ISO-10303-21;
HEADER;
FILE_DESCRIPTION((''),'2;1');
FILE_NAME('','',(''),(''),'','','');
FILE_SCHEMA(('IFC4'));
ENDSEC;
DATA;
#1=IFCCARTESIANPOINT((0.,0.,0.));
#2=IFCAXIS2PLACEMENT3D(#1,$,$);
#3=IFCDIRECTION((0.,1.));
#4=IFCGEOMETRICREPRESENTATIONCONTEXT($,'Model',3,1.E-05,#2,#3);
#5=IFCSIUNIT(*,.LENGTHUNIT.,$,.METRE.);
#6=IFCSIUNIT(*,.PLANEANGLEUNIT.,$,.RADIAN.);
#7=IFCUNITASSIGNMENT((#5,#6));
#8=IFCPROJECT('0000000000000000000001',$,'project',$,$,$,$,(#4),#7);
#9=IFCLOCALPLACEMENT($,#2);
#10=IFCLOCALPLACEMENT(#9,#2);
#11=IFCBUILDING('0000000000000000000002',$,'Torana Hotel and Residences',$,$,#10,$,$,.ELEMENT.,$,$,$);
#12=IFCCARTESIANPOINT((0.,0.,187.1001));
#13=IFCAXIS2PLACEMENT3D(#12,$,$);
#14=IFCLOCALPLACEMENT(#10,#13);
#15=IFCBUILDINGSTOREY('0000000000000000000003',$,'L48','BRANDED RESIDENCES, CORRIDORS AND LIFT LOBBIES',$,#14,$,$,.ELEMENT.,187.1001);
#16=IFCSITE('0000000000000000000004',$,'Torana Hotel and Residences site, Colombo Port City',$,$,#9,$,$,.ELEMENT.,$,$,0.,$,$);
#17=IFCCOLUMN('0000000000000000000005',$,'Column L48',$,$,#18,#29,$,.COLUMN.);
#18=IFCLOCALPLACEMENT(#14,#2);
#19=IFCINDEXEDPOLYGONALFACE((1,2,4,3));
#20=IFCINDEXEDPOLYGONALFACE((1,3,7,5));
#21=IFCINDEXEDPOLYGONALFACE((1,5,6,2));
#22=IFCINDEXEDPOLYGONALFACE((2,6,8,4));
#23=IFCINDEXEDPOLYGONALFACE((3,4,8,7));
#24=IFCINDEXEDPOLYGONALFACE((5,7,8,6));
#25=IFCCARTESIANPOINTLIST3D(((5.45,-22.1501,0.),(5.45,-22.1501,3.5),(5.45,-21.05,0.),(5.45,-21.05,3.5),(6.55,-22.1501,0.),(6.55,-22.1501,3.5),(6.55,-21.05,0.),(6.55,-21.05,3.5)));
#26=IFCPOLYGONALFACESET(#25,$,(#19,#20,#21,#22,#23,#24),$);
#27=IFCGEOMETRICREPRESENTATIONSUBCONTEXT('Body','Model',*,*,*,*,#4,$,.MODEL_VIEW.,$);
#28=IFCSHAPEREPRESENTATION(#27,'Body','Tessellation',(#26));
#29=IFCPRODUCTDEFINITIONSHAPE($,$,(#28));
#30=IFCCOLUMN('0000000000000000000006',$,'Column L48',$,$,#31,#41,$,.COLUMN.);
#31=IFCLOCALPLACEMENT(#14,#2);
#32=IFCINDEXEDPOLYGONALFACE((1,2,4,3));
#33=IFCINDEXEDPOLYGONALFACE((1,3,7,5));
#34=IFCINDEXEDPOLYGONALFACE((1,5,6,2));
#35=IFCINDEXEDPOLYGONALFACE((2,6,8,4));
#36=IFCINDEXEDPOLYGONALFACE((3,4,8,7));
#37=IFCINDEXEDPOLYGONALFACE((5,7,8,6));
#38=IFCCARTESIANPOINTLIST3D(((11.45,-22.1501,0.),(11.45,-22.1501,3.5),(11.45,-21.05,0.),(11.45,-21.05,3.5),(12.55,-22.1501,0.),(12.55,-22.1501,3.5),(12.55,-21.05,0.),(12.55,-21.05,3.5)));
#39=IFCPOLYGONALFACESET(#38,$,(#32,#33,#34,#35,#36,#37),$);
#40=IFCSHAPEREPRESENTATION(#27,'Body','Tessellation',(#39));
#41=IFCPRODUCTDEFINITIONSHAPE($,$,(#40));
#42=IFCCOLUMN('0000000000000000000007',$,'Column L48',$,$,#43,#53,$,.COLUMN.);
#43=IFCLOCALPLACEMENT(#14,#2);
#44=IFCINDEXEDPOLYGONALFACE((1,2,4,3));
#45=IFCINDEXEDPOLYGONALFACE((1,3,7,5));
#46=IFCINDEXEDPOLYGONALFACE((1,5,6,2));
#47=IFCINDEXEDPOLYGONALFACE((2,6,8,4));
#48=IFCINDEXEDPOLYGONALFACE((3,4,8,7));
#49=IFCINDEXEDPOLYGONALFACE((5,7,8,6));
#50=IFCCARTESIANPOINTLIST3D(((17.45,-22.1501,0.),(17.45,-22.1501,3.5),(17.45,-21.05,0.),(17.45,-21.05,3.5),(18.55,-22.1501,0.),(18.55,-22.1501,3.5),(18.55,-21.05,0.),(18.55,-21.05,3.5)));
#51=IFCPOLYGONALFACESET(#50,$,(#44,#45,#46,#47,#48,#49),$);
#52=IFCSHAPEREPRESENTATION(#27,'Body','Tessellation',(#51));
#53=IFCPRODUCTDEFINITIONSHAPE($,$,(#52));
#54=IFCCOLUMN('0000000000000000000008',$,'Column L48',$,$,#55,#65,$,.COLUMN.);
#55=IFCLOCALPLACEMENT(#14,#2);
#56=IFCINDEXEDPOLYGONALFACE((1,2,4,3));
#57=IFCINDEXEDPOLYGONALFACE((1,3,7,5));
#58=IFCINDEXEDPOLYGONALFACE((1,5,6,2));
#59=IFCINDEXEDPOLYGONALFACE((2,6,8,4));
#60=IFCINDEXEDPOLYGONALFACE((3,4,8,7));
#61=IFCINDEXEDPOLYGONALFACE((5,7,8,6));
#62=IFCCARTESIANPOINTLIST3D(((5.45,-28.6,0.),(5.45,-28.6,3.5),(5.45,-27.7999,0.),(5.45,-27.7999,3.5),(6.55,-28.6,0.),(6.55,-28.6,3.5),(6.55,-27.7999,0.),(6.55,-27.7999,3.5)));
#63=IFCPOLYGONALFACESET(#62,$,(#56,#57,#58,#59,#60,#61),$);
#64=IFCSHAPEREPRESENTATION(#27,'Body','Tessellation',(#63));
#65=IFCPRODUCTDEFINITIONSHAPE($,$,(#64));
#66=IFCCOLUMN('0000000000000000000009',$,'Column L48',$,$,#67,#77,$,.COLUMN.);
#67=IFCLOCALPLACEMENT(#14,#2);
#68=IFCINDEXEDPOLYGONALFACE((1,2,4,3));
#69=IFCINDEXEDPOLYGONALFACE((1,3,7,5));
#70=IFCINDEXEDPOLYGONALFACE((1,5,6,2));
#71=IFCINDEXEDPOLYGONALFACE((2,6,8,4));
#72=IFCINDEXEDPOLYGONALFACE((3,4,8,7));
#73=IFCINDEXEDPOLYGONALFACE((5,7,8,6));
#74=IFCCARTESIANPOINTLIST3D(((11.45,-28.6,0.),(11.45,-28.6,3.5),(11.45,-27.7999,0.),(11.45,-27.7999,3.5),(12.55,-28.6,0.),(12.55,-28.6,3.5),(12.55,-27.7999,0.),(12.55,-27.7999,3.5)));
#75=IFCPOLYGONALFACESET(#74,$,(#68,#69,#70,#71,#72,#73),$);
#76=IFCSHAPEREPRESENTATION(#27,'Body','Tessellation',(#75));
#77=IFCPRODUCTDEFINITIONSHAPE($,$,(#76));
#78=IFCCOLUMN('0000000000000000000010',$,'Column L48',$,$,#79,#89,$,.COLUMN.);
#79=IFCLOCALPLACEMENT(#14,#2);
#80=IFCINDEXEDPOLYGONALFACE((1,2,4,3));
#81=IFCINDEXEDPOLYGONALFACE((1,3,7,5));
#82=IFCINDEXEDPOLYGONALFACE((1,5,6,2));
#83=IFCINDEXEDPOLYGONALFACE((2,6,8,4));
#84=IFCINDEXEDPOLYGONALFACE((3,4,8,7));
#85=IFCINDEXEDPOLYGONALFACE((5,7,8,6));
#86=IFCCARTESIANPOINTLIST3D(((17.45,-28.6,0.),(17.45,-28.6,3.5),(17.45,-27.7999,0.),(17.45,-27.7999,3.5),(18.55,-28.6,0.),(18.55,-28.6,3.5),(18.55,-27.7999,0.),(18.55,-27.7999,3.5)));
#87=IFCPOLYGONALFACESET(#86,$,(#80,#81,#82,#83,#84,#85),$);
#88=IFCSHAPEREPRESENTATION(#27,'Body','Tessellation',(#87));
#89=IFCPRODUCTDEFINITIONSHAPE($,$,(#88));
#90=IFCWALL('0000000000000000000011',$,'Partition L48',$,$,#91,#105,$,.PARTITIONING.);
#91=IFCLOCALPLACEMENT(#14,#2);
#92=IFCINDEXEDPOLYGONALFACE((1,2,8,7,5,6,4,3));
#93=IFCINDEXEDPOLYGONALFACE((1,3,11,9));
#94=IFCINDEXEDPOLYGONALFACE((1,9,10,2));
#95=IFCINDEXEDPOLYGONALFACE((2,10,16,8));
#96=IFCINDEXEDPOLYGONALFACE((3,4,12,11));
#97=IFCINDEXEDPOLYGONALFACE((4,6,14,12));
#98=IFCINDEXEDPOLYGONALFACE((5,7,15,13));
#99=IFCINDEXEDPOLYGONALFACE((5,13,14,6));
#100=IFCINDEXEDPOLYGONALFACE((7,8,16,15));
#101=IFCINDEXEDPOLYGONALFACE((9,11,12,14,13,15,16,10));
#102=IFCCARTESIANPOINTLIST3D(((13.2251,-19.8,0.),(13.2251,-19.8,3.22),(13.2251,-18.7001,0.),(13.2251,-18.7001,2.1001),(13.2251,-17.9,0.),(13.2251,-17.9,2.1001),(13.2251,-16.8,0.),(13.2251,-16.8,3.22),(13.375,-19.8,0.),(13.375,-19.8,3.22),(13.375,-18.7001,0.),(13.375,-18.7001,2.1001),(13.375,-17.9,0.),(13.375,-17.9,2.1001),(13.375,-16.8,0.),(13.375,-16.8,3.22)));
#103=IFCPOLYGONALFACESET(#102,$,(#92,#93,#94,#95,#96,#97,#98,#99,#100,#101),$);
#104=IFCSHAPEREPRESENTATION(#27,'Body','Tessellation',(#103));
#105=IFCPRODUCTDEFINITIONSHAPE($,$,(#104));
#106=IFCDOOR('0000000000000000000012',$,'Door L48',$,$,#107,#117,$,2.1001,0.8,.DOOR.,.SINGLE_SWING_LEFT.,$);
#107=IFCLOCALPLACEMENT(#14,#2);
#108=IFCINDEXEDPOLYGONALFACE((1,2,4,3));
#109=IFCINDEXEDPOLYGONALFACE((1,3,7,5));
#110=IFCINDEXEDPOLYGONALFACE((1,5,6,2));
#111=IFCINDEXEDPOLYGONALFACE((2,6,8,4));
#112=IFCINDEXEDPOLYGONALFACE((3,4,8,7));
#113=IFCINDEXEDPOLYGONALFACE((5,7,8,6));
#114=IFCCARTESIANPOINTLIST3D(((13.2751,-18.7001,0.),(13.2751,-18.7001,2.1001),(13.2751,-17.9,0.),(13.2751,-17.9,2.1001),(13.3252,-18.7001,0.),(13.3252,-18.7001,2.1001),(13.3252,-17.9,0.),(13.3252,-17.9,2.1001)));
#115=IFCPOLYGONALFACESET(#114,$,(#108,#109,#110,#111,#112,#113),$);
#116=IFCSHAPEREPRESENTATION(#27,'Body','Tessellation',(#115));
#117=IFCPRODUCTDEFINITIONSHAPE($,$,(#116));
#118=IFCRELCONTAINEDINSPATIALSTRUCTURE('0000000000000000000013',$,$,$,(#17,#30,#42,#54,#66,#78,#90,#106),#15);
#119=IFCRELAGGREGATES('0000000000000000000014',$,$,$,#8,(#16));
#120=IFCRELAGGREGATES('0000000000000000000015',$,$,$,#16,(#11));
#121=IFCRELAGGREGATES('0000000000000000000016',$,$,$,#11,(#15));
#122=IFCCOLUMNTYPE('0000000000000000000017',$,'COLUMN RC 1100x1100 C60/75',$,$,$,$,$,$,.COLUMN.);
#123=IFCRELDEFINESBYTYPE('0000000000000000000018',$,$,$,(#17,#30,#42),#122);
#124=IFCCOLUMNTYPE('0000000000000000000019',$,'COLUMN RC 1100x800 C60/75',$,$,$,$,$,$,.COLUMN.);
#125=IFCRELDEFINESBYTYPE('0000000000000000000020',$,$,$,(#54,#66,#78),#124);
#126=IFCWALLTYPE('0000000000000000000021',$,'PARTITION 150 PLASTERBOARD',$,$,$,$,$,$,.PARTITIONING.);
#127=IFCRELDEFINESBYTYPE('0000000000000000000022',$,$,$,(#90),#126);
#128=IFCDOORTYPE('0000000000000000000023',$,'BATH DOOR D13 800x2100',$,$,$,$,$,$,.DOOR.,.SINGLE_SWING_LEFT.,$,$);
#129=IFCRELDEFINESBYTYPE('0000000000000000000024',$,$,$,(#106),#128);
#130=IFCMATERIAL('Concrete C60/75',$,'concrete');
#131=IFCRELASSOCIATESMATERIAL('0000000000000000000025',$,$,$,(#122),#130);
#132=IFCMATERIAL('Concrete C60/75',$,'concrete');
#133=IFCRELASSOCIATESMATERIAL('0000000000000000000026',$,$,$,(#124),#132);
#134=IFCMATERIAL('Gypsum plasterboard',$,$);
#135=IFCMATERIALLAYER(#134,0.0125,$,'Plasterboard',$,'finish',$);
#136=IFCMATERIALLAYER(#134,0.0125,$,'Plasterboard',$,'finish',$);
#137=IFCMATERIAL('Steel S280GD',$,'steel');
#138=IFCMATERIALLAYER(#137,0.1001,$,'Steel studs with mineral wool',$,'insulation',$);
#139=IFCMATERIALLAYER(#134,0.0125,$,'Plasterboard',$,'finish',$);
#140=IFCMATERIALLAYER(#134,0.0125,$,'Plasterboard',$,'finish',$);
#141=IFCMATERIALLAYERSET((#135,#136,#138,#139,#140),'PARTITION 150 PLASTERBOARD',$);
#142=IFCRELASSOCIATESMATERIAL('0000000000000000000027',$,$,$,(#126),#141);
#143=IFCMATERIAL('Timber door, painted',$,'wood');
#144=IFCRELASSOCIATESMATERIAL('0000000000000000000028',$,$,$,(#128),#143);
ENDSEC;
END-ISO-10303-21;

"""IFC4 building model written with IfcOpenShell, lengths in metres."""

from ifc_helpers import new_model, si_unit, direction, frame, frame_2d, origin, origin_2d, place, context, subcontext, project, spatial, rectangle, extrude, material, layer, layer_set, material_profile, profile_set, type_object, element, fill, save


model = new_model("IFC4")

# Units and contexts
model_context = context("Model", 3, precision=1e-05, world=origin(), true_north=direction((0.0, 1.0)))
body_context = subcontext(model_context, "Body", "Model", "MODEL_VIEW")
ifc_project = project(units=[si_unit("LENGTHUNIT", "METRE"), si_unit("PLANEANGLEUNIT", "RADIAN")], contexts=[model_context])

# Site, building, storey
site_placement = place(None, origin())
site = spatial("IfcSite", under=ifc_project, at=site_placement, Name="Torana Hotel and Residences site, Colombo Port City", CompositionType="ELEMENT", RefElevation=0.0)
building_placement = place(site_placement, origin())
building = spatial("IfcBuilding", under=site, at=building_placement, Name="Torana Hotel and Residences", CompositionType="ELEMENT")
storey_placement = place(building_placement, frame((0.0, 0.0, 187.1001)))
storey = spatial("IfcBuildingStorey", under=building, at=storey_placement, Name="L48", Description="BRANDED RESIDENCES, CORRIDORS AND LIFT LOBBIES", CompositionType="ELEMENT", Elevation=187.1001)

# Columns
ifc_material_1 = material(Name="Concrete C60/75", Category="concrete")
ifc_material_profile_1 = material_profile(ifc_material_1, rectangle(XDim=1.1001, YDim=1.1001, at=origin_2d()), Name="RC 1100x1100")
ifc_profile_set_1 = profile_set([ifc_material_profile_1], Name="Concrete C60/75")
column_type_1 = type_object("IfcColumnType", Name="COLUMN RC 1100x1100 C60/75", PredefinedType="COLUMN", material=ifc_profile_set_1)
for number, where, z_axis, x_axis, name in (
    (1, (6.0, -21.6001, 0.0), (0.0, 0.0, 1.0), (1.0, 0.0, 0.0), "Column L48"),
    (2, (12.0, -21.6001, 0.0), (0.0, 0.0, 1.0), (1.0, 0.0, 0.0), "Column L48"),
    (3, (18.0, -21.6001, 0.0), (0.0, 0.0, 1.0), (1.0, 0.0, 0.0), "Column L48"),
):
    element("IfcColumn", number, at=place(storey_placement, frame(where, z_axis=z_axis, x_axis=x_axis)), inside=storey, type_object=column_type_1, Name=name, PredefinedType="COLUMN", context=body_context, shape_type="SweptSolid", body=[
        extrude(rectangle(XDim=1.1001, YDim=1.1001, at=origin_2d()), origin(), (0.0, 0.0, 1.0), 3.5),
    ])
ifc_material_2 = material(Name="Concrete C60/75", Category="concrete")
ifc_material_profile_2 = material_profile(ifc_material_2, rectangle(XDim=1.1001, YDim=0.8, at=origin_2d()), Name="RC 1100x800")
ifc_profile_set_2 = profile_set([ifc_material_profile_2], Name="Concrete C60/75")
column_type_2 = type_object("IfcColumnType", Name="COLUMN RC 1100x800 C60/75", PredefinedType="COLUMN", material=ifc_profile_set_2)
for number, where, z_axis, x_axis, name in (
    (4, (6.0, -28.2, 0.0), (0.0, 0.0, 1.0), (1.0, 0.0, 0.0), "Column L48"),
    (5, (12.0, -28.2, 0.0), (0.0, 0.0, 1.0), (1.0, 0.0, 0.0), "Column L48"),
    (6, (18.0, -28.2, 0.0), (0.0, 0.0, 1.0), (1.0, 0.0, 0.0), "Column L48"),
):
    element("IfcColumn", number, at=place(storey_placement, frame(where, z_axis=z_axis, x_axis=x_axis)), inside=storey, type_object=column_type_2, Name=name, PredefinedType="COLUMN", context=body_context, shape_type="SweptSolid", body=[
        extrude(rectangle(XDim=1.1001, YDim=0.8, at=origin_2d()), origin(), (0.0, 0.0, 1.0), 3.5),
    ])

# Wall, opening, door
ifc_material_3 = material(Name="Gypsum plasterboard")
ifc_layer_1 = layer(ifc_material_3, 0.0125, Name="Plasterboard", Category="finish")
ifc_layer_2 = layer(ifc_material_3, 0.0125, Name="Plasterboard", Category="finish")
ifc_material_4 = material(Name="Steel S280GD", Category="steel")
ifc_layer_3 = layer(ifc_material_4, 0.1001, Name="Steel studs with mineral wool", Category="insulation")
ifc_layer_4 = layer(ifc_material_3, 0.0125, Name="Plasterboard", Category="finish")
ifc_layer_5 = layer(ifc_material_3, 0.0125, Name="Plasterboard", Category="finish")
ifc_layer_set = layer_set([ifc_layer_1, ifc_layer_2, ifc_layer_3, ifc_layer_4, ifc_layer_5], Name="PARTITION 150 PLASTERBOARD")
wall_type = type_object("IfcWallType", Name="PARTITION 150 PLASTERBOARD", PredefinedType="PARTITIONING", material=ifc_layer_set)
wall_placement = place(storey_placement, frame((13.3, -19.8, 0.0), z_axis=(0.0, 0.0, 1.0), x_axis=(0.0, 1.0, 0.0)))
wall = element("IfcWall", 7, at=wall_placement, inside=storey, type_object=wall_type, Name="Partition L48", PredefinedType="PARTITIONING", context=body_context, shape_type="SweptSolid", body=[
    extrude(rectangle(XDim=3.0, YDim=0.1499, at=frame_2d((1.5, 0.0))), origin(), (0.0, 0.0, 1.0), 3.22),
])
opening_placement = place(wall_placement, frame((1.1001, 0.0, 0.0)))
opening = element("IfcOpeningElement", 8, at=opening_placement, cuts=wall, PredefinedType="OPENING", context=body_context, shape_type="SweptSolid", body=[
    extrude(rectangle(XDim=0.8, YDim=2.1001, at=frame_2d((0.3999, 1.05))), frame((0.0, 0.085, 0.0), z_axis=(0.0, -1.0, 0.0), x_axis=(1.0, 0.0, 0.0)), (0.0, 0.0, 1.0), 0.1699),
])
ifc_material_5 = material(Name="Timber door, painted", Category="wood")
door_type = type_object("IfcDoorType", Name="BATH DOOR D13 800x2100", OperationType="SINGLE_SWING_LEFT", PredefinedType="DOOR", material=ifc_material_5)
door_placement = place(opening_placement, origin())
door = element("IfcDoor", 9, at=door_placement, inside=storey, type_object=door_type, Name="Door L48", OperationType="SINGLE_SWING_LEFT", OverallHeight=2.1001, OverallWidth=0.8, PredefinedType="DOOR", context=body_context, shape_type="SweptSolid", body=[
    extrude(rectangle(XDim=0.8, YDim=2.1001, at=frame_2d((0.3999, 1.05))), frame((0.0, 0.0249, 0.0), z_axis=(0.0, -1.0, 0.0), x_axis=(1.0, 0.0, 0.0)), (0.0, 0.0, 1.0), 0.05),
])
fill(opening, door)

save(model, "model.ifc")
